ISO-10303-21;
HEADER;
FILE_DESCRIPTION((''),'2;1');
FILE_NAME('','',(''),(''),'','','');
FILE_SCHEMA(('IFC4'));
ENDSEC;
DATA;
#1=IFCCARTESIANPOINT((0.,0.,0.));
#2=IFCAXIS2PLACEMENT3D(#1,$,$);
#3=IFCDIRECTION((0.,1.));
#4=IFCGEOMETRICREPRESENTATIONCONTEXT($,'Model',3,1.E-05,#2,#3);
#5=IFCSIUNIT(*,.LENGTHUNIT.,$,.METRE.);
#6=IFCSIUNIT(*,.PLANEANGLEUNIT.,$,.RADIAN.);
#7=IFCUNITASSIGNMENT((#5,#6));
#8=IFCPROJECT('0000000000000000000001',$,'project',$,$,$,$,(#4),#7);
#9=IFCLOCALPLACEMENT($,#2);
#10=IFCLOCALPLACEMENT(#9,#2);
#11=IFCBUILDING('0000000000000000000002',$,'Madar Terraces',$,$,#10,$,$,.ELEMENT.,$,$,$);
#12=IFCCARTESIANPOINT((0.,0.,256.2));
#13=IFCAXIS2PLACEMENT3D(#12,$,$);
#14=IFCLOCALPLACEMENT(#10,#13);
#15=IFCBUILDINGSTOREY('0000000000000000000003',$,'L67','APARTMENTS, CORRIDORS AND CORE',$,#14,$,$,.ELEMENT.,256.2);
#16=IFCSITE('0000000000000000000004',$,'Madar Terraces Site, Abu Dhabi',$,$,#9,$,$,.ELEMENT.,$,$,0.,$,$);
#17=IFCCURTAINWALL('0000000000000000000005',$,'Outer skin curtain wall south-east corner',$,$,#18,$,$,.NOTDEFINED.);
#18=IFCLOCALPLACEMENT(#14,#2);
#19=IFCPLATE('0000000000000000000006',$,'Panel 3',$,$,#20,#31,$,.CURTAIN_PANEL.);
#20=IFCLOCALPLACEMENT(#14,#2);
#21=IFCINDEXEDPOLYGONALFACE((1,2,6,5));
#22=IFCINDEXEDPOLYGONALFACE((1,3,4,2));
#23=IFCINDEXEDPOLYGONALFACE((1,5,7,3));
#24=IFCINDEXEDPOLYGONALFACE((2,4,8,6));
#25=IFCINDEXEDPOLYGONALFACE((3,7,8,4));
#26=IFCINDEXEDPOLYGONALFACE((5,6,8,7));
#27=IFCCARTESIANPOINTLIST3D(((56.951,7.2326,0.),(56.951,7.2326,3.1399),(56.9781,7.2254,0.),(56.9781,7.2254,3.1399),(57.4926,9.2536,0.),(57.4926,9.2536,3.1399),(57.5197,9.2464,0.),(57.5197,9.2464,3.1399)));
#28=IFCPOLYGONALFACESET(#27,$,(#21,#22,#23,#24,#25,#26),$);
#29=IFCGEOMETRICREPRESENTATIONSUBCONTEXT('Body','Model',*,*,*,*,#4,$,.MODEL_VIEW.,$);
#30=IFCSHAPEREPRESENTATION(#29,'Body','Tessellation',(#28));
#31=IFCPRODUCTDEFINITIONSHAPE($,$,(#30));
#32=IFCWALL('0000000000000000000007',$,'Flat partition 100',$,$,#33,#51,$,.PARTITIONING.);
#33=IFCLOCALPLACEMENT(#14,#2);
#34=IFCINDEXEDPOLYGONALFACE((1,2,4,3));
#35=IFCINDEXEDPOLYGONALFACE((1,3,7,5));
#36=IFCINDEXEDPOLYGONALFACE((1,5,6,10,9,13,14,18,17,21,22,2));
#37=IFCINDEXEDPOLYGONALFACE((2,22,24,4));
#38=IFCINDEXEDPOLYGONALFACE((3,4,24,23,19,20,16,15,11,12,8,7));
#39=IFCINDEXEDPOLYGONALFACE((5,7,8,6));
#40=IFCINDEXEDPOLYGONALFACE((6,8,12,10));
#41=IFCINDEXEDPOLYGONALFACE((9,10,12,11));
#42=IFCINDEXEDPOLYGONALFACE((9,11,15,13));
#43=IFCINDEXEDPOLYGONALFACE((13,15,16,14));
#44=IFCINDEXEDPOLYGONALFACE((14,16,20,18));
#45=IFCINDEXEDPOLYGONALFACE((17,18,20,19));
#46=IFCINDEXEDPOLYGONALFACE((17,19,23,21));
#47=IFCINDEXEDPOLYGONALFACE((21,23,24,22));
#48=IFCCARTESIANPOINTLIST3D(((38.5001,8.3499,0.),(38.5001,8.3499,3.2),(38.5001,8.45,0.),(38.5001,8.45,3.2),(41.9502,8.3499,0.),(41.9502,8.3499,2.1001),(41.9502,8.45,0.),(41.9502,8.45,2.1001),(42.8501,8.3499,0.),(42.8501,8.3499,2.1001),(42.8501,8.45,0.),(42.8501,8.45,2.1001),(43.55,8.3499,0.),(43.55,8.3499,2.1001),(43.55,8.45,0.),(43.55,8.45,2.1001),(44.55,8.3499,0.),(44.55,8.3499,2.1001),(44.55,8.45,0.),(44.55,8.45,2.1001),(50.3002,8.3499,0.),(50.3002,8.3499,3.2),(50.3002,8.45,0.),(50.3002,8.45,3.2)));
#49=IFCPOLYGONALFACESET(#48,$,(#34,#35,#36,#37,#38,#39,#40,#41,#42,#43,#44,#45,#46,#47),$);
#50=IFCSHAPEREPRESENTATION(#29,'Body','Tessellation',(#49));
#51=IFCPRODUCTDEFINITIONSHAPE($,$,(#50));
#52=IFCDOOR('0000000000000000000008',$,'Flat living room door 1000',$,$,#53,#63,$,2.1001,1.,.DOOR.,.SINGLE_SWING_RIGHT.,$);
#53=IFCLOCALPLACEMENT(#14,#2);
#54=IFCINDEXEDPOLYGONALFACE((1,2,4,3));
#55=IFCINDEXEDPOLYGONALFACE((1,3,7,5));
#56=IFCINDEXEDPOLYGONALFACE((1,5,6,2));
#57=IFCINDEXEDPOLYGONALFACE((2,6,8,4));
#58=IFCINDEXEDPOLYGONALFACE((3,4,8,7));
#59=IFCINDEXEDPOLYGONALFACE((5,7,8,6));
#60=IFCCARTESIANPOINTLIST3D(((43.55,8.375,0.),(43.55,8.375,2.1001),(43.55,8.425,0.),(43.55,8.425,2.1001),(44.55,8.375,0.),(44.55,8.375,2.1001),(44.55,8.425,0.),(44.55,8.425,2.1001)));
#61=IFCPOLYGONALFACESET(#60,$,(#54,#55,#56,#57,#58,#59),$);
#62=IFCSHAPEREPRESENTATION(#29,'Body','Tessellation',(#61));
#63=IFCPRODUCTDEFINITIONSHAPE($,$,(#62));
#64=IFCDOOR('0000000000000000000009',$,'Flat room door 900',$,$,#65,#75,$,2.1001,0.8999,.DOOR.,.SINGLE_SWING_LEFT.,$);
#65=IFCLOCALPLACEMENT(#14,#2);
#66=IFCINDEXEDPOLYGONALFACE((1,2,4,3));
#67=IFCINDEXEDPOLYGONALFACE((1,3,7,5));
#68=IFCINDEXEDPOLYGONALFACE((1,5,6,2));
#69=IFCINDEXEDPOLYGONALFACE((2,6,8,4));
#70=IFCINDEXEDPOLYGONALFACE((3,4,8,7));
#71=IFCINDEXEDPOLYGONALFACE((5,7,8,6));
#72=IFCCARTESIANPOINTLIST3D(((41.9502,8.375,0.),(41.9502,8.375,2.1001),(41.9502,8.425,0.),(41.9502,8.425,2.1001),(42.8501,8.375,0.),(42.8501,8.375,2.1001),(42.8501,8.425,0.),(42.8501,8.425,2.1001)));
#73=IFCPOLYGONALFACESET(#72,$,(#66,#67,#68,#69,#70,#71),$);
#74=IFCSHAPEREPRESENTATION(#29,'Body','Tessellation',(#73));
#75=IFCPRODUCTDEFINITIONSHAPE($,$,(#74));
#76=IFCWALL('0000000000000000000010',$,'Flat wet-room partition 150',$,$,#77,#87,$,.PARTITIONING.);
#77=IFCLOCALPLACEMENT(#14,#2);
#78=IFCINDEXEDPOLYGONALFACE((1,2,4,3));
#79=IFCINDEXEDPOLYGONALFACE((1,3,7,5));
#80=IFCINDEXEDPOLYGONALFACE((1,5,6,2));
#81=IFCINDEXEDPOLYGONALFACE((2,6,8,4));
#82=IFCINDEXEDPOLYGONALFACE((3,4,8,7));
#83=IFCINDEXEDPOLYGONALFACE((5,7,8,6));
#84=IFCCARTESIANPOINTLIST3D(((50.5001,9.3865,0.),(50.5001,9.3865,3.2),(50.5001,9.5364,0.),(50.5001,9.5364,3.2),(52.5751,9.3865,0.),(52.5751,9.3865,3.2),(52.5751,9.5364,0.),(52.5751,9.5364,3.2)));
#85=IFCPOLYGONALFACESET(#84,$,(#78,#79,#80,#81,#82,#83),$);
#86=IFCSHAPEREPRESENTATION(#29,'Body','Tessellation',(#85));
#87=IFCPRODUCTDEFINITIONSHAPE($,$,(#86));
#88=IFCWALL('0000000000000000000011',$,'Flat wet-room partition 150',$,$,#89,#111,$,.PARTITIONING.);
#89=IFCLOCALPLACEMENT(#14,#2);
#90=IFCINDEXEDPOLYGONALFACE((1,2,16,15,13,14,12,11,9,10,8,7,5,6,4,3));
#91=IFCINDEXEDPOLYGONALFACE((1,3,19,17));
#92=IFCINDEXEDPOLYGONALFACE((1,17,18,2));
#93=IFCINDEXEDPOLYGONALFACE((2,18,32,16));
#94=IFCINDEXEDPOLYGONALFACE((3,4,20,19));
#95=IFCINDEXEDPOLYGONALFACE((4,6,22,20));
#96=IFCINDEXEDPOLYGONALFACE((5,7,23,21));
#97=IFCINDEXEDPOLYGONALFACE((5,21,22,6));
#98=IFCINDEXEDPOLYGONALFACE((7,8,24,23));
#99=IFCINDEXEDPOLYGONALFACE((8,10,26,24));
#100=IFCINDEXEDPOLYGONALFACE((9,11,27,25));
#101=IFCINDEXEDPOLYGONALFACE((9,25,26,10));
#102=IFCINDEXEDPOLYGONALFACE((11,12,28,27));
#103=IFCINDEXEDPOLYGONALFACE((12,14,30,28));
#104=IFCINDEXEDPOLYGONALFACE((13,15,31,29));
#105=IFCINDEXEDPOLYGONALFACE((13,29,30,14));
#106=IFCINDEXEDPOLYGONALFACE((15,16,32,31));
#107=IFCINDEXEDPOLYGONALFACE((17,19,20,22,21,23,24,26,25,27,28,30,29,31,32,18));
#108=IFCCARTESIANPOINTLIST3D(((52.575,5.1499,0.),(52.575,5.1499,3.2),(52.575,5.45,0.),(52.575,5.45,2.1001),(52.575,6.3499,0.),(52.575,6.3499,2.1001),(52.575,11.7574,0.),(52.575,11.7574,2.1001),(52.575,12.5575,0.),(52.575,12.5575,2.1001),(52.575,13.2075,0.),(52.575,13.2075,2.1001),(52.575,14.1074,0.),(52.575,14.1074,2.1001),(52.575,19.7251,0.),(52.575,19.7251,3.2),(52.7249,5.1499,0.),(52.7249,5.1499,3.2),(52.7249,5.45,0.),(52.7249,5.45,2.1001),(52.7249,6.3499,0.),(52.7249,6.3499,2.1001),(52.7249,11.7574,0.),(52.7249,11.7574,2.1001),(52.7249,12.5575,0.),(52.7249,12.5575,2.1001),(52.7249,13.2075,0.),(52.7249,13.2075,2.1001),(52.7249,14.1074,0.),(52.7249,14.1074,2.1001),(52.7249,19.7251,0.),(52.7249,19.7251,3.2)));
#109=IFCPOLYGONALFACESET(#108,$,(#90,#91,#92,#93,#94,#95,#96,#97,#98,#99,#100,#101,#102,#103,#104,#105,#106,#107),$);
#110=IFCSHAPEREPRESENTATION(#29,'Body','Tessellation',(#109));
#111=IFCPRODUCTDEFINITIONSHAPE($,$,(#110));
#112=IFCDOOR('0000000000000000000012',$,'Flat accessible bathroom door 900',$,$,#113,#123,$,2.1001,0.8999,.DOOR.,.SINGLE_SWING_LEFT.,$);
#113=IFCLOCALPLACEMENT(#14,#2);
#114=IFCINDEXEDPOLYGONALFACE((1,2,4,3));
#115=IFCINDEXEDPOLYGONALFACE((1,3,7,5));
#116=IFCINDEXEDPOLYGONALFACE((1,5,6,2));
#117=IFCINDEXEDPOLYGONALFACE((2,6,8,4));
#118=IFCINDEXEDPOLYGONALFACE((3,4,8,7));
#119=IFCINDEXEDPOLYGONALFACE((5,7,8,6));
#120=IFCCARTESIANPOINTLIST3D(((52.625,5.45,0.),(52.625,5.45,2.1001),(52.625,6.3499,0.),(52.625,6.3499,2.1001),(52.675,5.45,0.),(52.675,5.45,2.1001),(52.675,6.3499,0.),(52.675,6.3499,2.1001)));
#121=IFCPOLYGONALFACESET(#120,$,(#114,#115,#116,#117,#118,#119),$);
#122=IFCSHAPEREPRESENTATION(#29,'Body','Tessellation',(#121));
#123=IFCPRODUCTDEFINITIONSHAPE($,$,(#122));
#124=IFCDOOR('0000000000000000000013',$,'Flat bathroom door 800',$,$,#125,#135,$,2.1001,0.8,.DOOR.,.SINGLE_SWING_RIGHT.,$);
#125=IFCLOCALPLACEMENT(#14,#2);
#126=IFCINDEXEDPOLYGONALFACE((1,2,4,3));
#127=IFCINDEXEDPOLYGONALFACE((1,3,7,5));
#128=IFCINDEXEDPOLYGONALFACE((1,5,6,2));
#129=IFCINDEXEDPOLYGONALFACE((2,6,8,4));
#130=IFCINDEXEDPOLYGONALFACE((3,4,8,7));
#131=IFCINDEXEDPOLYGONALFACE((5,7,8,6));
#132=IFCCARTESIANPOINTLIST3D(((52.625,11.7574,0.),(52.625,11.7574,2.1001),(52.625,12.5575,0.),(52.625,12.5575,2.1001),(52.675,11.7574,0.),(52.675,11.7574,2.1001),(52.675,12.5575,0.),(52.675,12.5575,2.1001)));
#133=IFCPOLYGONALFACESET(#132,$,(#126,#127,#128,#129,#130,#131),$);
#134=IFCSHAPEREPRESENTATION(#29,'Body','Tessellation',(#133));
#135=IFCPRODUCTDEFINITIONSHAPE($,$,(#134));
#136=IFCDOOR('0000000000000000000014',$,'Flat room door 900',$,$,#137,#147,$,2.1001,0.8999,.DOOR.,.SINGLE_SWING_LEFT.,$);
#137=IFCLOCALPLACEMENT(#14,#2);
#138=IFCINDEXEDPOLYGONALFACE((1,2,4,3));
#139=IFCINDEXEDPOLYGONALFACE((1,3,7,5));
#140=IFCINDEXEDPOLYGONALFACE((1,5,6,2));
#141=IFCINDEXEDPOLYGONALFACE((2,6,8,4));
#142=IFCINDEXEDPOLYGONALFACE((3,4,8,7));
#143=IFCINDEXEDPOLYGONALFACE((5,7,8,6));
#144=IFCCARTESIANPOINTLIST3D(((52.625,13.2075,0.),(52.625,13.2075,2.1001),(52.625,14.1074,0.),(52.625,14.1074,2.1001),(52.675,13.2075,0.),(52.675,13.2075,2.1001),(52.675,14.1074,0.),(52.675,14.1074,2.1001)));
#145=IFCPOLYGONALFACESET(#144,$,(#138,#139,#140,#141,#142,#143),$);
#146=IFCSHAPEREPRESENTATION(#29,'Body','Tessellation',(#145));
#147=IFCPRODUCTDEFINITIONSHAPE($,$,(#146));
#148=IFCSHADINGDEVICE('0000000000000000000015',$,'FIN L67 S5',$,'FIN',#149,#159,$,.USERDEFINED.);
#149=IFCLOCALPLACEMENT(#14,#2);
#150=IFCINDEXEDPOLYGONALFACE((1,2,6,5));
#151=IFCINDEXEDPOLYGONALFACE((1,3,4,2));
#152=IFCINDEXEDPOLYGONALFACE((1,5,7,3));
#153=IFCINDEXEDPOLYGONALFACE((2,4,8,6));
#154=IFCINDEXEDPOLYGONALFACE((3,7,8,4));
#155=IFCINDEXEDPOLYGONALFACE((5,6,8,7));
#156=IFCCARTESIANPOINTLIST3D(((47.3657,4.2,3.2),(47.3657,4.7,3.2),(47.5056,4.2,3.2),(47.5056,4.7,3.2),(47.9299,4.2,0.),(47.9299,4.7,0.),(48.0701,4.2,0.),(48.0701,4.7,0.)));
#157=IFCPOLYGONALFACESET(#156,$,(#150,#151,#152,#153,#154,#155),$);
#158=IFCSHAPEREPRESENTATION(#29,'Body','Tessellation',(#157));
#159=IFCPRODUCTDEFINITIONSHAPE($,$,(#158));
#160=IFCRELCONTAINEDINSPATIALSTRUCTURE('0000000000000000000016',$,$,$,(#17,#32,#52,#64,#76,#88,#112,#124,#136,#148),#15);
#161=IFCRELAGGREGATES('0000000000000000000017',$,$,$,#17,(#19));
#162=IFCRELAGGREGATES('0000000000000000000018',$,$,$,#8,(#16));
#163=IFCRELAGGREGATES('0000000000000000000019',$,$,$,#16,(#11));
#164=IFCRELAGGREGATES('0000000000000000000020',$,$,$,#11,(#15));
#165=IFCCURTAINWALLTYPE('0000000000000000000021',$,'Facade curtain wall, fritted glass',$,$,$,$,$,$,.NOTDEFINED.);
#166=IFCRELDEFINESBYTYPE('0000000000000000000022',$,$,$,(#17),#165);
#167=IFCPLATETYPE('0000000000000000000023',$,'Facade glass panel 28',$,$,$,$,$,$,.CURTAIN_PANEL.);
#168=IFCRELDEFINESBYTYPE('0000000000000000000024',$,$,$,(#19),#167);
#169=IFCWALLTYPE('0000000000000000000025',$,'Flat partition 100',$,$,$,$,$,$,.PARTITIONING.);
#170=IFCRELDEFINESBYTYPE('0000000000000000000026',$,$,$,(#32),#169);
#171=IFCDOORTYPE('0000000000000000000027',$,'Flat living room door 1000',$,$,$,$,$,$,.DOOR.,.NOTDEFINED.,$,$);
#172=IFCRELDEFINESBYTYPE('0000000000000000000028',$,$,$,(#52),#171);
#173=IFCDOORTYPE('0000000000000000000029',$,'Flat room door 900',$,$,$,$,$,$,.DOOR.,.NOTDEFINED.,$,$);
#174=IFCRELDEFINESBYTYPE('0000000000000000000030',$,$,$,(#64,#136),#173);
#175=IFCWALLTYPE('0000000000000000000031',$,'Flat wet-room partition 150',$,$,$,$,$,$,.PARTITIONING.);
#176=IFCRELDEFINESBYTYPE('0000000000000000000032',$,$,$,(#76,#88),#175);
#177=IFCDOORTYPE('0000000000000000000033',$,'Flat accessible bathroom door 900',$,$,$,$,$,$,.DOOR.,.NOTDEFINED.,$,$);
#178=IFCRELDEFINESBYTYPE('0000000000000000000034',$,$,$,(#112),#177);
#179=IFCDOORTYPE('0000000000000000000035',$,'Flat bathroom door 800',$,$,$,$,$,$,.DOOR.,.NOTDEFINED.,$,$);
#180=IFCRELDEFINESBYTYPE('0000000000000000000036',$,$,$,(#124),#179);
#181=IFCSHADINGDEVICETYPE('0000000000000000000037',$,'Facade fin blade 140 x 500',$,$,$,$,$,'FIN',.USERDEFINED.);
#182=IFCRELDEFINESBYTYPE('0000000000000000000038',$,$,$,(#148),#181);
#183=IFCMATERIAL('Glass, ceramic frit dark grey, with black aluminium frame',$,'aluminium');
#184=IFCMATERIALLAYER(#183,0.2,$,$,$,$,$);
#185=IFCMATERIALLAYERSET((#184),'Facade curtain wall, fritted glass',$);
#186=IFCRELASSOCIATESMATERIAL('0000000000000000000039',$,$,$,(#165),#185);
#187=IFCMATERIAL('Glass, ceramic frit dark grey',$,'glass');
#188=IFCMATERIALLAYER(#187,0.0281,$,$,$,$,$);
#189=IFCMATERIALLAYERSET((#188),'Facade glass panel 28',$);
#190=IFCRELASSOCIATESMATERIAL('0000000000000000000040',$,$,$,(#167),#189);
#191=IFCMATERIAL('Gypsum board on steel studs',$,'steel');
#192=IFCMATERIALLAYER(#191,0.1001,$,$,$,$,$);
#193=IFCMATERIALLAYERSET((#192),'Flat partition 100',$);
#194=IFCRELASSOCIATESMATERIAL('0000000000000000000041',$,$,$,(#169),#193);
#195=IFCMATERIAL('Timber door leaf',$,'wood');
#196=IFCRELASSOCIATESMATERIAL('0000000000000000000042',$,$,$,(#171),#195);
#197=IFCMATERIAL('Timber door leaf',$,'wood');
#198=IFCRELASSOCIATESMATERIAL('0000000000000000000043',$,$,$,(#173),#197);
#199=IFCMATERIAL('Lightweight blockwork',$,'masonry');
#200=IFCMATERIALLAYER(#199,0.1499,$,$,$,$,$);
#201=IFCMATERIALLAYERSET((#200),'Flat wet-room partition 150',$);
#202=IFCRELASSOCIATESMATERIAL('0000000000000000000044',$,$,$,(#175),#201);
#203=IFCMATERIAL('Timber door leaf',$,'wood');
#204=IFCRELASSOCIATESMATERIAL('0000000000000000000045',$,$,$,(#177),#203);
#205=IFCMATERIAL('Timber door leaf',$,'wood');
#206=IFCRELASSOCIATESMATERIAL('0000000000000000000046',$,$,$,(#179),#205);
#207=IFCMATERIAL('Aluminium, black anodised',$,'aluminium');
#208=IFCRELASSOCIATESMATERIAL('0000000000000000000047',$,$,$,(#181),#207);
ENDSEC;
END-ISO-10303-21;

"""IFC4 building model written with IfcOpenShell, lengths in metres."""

from ifc_helpers import new_model, si_unit, direction, frame, frame_2d, origin, origin_2d, place, context, subcontext, project, spatial, polyline, rectangle, outline, extrude, material, layer, layer_set, type_object, element, fill, aggregate, save


model = new_model("IFC4")

# Units and contexts
model_context = context("Model", 3, precision=1e-05, world=origin(), true_north=direction((0.0, 1.0)))
body_context = subcontext(model_context, "Body", "Model", "MODEL_VIEW")
ifc_project = project(units=[si_unit("LENGTHUNIT", "METRE"), si_unit("PLANEANGLEUNIT", "RADIAN")], contexts=[model_context])

# Site, building, storey
site_placement = place(None, origin())
site = spatial("IfcSite", under=ifc_project, at=site_placement, Name="Madar Terraces Site, Abu Dhabi", CompositionType="ELEMENT", RefElevation=0.0)
building_placement = place(site_placement, origin())
building = spatial("IfcBuilding", under=site, at=building_placement, Name="Madar Terraces", CompositionType="ELEMENT")
storey_placement = place(building_placement, frame((0.0, 0.0, 256.2)))
storey = spatial("IfcBuildingStorey", under=building, at=storey_placement, Name="L67", Description="APARTMENTS, CORRIDORS AND CORE", CompositionType="ELEMENT", Elevation=256.2)

# Curtain wall
ifc_material_1 = material(Name="Glass, ceramic frit dark grey, with black aluminium frame", Category="aluminium")
ifc_layer_1 = layer(ifc_material_1, 0.2)
ifc_layer_set_1 = layer_set([ifc_layer_1], Name="Facade curtain wall, fritted glass")
curtain_wall_type = type_object("IfcCurtainWallType", Name="Facade curtain wall, fritted glass", PredefinedType="NOTDEFINED", material=ifc_layer_set_1)
curtain_wall_1_placement = place(storey_placement, origin())
curtain_wall_1 = element("IfcCurtainWall", 1, at=curtain_wall_1_placement, inside=storey, type_object=curtain_wall_type, Name="Outer skin curtain wall south-east corner", PredefinedType="NOTDEFINED")

# Plate
ifc_material_2 = material(Name="Glass, ceramic frit dark grey", Category="glass")
ifc_layer_2 = layer(ifc_material_2, 0.0281)
ifc_layer_set_2 = layer_set([ifc_layer_2], Name="Facade glass panel 28")
plate_type = type_object("IfcPlateType", Name="Facade glass panel 28", PredefinedType="CURTAIN_PANEL", material=ifc_layer_set_2)
plate_1_placement = place(storey_placement, frame((57.2354, 8.2395, 0.0), z_axis=(0.0, 0.0, 1.0), x_axis=(0.258819, 0.965926, 0.0)))
plate_1 = element("IfcPlate", 2, at=plate_1_placement, type_object=plate_type, Name="Panel 3", PredefinedType="CURTAIN_PANEL", context=body_context, shape_type="SweptSolid", body=[
    extrude(rectangle(XDim=2.0923, YDim=0.0281, at=origin_2d()), origin(), (0.0, 0.0, 1.0), 3.1399),
])
aggregate(curtain_wall_1, [plate_1])

# Wall, openings, doors
ifc_material_3 = material(Name="Gypsum board on steel studs", Category="steel")
ifc_layer_3 = layer(ifc_material_3, 0.1001)
ifc_layer_set_3 = layer_set([ifc_layer_3], Name="Flat partition 100")
wall_type_1 = type_object("IfcWallType", Name="Flat partition 100", PredefinedType="PARTITIONING", material=ifc_layer_set_3)
wall_1_placement = place(storey_placement, frame((50.3, 8.3999, 0.0), z_axis=(0.0, 0.0, 1.0), x_axis=(-1.0, 0.0, 0.0)))
wall_1 = element("IfcWall", 3, at=wall_1_placement, inside=storey, type_object=wall_type_1, Name="Flat partition 100", PredefinedType="PARTITIONING", context=body_context, shape_type="SweptSolid", body=[
    extrude(rectangle(XDim=11.8, YDim=0.1001, at=frame_2d((5.8999, 0.0))), origin(), (0.0, 0.0, 1.0), 3.2),
])
opening_1_placement = place(wall_1_placement, frame((7.45, 0.0, 0.0)))
opening_1 = element("IfcOpeningElement", 4, at=opening_1_placement, cuts=wall_1, PredefinedType="OPENING", context=body_context, shape_type="SweptSolid", body=[
    extrude(rectangle(XDim=0.8999, YDim=2.1001, at=frame_2d((0.45, 1.05))), frame((0.0, 0.0601, 0.0), z_axis=(0.0, -1.0, 0.0), x_axis=(1.0, 0.0, 0.0)), (0.0, 0.0, 1.0), 0.1201),
])
opening_2_placement = place(wall_1_placement, frame((5.75, 0.0, 0.0)))
opening_2 = element("IfcOpeningElement", 5, at=opening_2_placement, cuts=wall_1, PredefinedType="OPENING", context=body_context, shape_type="SweptSolid", body=[
    extrude(rectangle(XDim=1.0, YDim=2.1001, at=frame_2d((0.5, 1.05))), frame((0.0, 0.0601, 0.0), z_axis=(0.0, -1.0, 0.0), x_axis=(1.0, 0.0, 0.0)), (0.0, 0.0, 1.0), 0.1201),
])
ifc_material_4 = material(Name="Timber door leaf", Category="wood")
door_type_1 = type_object("IfcDoorType", Name="Flat living room door 1000", OperationType="NOTDEFINED", PredefinedType="DOOR", material=ifc_material_4)
door_1_placement = place(opening_2_placement, origin())
door_1 = element("IfcDoor", 6, at=door_1_placement, inside=storey, type_object=door_type_1, Name="Flat living room door 1000", OperationType="SINGLE_SWING_RIGHT", OverallHeight=2.1001, OverallWidth=1.0, PredefinedType="DOOR", context=body_context, shape_type="SweptSolid", body=[
    extrude(rectangle(XDim=1.0, YDim=2.1001, at=frame_2d((0.5, 1.05))), frame((0.0, 0.0249, 0.0), z_axis=(0.0, -1.0, 0.0), x_axis=(1.0, 0.0, 0.0)), (0.0, 0.0, 1.0), 0.05),
])
fill(opening_2, door_1)
ifc_material_5 = material(Name="Timber door leaf", Category="wood")
door_type_2 = type_object("IfcDoorType", Name="Flat room door 900", OperationType="NOTDEFINED", PredefinedType="DOOR", material=ifc_material_5)
door_2_placement = place(opening_1_placement, origin())
door_2 = element("IfcDoor", 7, at=door_2_placement, inside=storey, type_object=door_type_2, Name="Flat room door 900", OperationType="SINGLE_SWING_LEFT", OverallHeight=2.1001, OverallWidth=0.8999, PredefinedType="DOOR", context=body_context, shape_type="SweptSolid", body=[
    extrude(rectangle(XDim=0.8999, YDim=2.1001, at=frame_2d((0.45, 1.05))), frame((0.0, 0.0249, 0.0), z_axis=(0.0, -1.0, 0.0), x_axis=(1.0, 0.0, 0.0)), (0.0, 0.0, 1.0), 0.05),
])
fill(opening_1, door_2)

# Wall
ifc_material_6 = material(Name="Lightweight blockwork", Category="masonry")
ifc_layer_4 = layer(ifc_material_6, 0.1499)
ifc_layer_set_4 = layer_set([ifc_layer_4], Name="Flat wet-room partition 150")
wall_type_2 = type_object("IfcWallType", Name="Flat wet-room partition 150", PredefinedType="PARTITIONING", material=ifc_layer_set_4)
wall_2_placement = place(storey_placement, frame((50.5, 9.4614, 0.0), z_axis=(0.0, 0.0, 1.0), x_axis=(1.0, 0.0, 0.0)))
element("IfcWall", 8, at=wall_2_placement, inside=storey, type_object=wall_type_2, Name="Flat wet-room partition 150", PredefinedType="PARTITIONING", context=body_context, shape_type="SweptSolid", body=[
    extrude(rectangle(XDim=2.075, YDim=0.1499, at=frame_2d((1.0376, 0.0))), origin(), (0.0, 0.0, 1.0), 3.2),
])

# Wall, openings, doors
wall_3_placement = place(storey_placement, frame((52.6499, 5.1499, 0.0), z_axis=(0.0, 0.0, 1.0), x_axis=(0.0, 1.0, 0.0)))
wall_3 = element("IfcWall", 9, at=wall_3_placement, inside=storey, type_object=wall_type_2, Name="Flat wet-room partition 150", PredefinedType="PARTITIONING", context=body_context, shape_type="SweptSolid", body=[
    extrude(rectangle(XDim=14.5752, YDim=0.1499, at=frame_2d((7.2876, 0.0))), origin(), (0.0, 0.0, 1.0), 3.2),
])
opening_3_placement = place(wall_3_placement, frame((8.0576, 0.0, 0.0)))
opening_3 = element("IfcOpeningElement", 10, at=opening_3_placement, cuts=wall_3, PredefinedType="OPENING", context=body_context, shape_type="SweptSolid", body=[
    extrude(rectangle(XDim=0.8999, YDim=2.1001, at=frame_2d((0.45, 1.05))), frame((0.0, 0.085, 0.0), z_axis=(0.0, -1.0, 0.0), x_axis=(1.0, 0.0, 0.0)), (0.0, 0.0, 1.0), 0.1699),
])
opening_4_placement = place(wall_3_placement, frame((6.6077, 0.0, 0.0)))
opening_4 = element("IfcOpeningElement", 11, at=opening_4_placement, cuts=wall_3, PredefinedType="OPENING", context=body_context, shape_type="SweptSolid", body=[
    extrude(rectangle(XDim=0.8, YDim=2.1001, at=frame_2d((0.3999, 1.05))), frame((0.0, 0.085, 0.0), z_axis=(0.0, -1.0, 0.0), x_axis=(1.0, 0.0, 0.0)), (0.0, 0.0, 1.0), 0.1699),
])
opening_5_placement = place(wall_3_placement, frame((0.3, 0.0, 0.0)))
opening_5 = element("IfcOpeningElement", 12, at=opening_5_placement, cuts=wall_3, PredefinedType="OPENING", context=body_context, shape_type="SweptSolid", body=[
    extrude(rectangle(XDim=0.8999, YDim=2.1001, at=frame_2d((0.45, 1.05))), frame((0.0, 0.085, 0.0), z_axis=(0.0, -1.0, 0.0), x_axis=(1.0, 0.0, 0.0)), (0.0, 0.0, 1.0), 0.1699),
])
ifc_material_7 = material(Name="Timber door leaf", Category="wood")
door_type_3 = type_object("IfcDoorType", Name="Flat accessible bathroom door 900", OperationType="NOTDEFINED", PredefinedType="DOOR", material=ifc_material_7)
door_3_placement = place(opening_5_placement, origin())
door_3 = element("IfcDoor", 13, at=door_3_placement, inside=storey, type_object=door_type_3, Name="Flat accessible bathroom door 900", OperationType="SINGLE_SWING_LEFT", OverallHeight=2.1001, OverallWidth=0.8999, PredefinedType="DOOR", context=body_context, shape_type="SweptSolid", body=[
    extrude(rectangle(XDim=0.8999, YDim=2.1001, at=frame_2d((0.45, 1.05))), frame((0.0, 0.0249, 0.0), z_axis=(0.0, -1.0, 0.0), x_axis=(1.0, 0.0, 0.0)), (0.0, 0.0, 1.0), 0.05),
])
fill(opening_5, door_3)
ifc_material_8 = material(Name="Timber door leaf", Category="wood")
door_type_4 = type_object("IfcDoorType", Name="Flat bathroom door 800", OperationType="NOTDEFINED", PredefinedType="DOOR", material=ifc_material_8)
door_4_placement = place(opening_4_placement, origin())
door_4 = element("IfcDoor", 14, at=door_4_placement, inside=storey, type_object=door_type_4, Name="Flat bathroom door 800", OperationType="SINGLE_SWING_RIGHT", OverallHeight=2.1001, OverallWidth=0.8, PredefinedType="DOOR", context=body_context, shape_type="SweptSolid", body=[
    extrude(rectangle(XDim=0.8, YDim=2.1001, at=frame_2d((0.3999, 1.05))), frame((0.0, 0.0249, 0.0), z_axis=(0.0, -1.0, 0.0), x_axis=(1.0, 0.0, 0.0)), (0.0, 0.0, 1.0), 0.05),
])
fill(opening_4, door_4)
door_5_placement = place(opening_3_placement, origin())
door_5 = element("IfcDoor", 15, at=door_5_placement, inside=storey, type_object=door_type_2, Name="Flat room door 900", OperationType="SINGLE_SWING_LEFT", OverallHeight=2.1001, OverallWidth=0.8999, PredefinedType="DOOR", context=body_context, shape_type="SweptSolid", body=[
    extrude(rectangle(XDim=0.8999, YDim=2.1001, at=frame_2d((0.45, 1.05))), frame((0.0, 0.0249, 0.0), z_axis=(0.0, -1.0, 0.0), x_axis=(1.0, 0.0, 0.0)), (0.0, 0.0, 1.0), 0.05),
])
fill(opening_3, door_5)

# Shading device
ifc_material_9 = material(Name="Aluminium, black anodised", Category="aluminium")
shading_device_type = type_object("IfcShadingDeviceType", Name="Facade fin blade 140 x 500", ElementType="FIN", PredefinedType="USERDEFINED", material=ifc_material_9)
shading_device_placement = place(storey_placement, frame((47.9299, 4.45, 0.0), z_axis=(0.0, 0.0, 1.0), x_axis=(1.0, 0.0, 0.0)))
element("IfcShadingDevice", 16, at=shading_device_placement, inside=storey, type_object=shading_device_type, Name="FIN L67 S5", ObjectType="FIN", PredefinedType="USERDEFINED", context=body_context, shape_type="SweptSolid", body=[
    extrude(outline(polyline([(0.0, 0.0), (0.1401, 0.0), (-0.4243, 3.2), (-0.5642, 3.2), (0.0, 0.0)])), frame((0.0, 0.25, 0.0), z_axis=(0.0, -1.0, 0.0), x_axis=(1.0, 0.0, 0.0)), (0.0, 0.0, 1.0), 0.5),
])

save(model, "model.ifc")
